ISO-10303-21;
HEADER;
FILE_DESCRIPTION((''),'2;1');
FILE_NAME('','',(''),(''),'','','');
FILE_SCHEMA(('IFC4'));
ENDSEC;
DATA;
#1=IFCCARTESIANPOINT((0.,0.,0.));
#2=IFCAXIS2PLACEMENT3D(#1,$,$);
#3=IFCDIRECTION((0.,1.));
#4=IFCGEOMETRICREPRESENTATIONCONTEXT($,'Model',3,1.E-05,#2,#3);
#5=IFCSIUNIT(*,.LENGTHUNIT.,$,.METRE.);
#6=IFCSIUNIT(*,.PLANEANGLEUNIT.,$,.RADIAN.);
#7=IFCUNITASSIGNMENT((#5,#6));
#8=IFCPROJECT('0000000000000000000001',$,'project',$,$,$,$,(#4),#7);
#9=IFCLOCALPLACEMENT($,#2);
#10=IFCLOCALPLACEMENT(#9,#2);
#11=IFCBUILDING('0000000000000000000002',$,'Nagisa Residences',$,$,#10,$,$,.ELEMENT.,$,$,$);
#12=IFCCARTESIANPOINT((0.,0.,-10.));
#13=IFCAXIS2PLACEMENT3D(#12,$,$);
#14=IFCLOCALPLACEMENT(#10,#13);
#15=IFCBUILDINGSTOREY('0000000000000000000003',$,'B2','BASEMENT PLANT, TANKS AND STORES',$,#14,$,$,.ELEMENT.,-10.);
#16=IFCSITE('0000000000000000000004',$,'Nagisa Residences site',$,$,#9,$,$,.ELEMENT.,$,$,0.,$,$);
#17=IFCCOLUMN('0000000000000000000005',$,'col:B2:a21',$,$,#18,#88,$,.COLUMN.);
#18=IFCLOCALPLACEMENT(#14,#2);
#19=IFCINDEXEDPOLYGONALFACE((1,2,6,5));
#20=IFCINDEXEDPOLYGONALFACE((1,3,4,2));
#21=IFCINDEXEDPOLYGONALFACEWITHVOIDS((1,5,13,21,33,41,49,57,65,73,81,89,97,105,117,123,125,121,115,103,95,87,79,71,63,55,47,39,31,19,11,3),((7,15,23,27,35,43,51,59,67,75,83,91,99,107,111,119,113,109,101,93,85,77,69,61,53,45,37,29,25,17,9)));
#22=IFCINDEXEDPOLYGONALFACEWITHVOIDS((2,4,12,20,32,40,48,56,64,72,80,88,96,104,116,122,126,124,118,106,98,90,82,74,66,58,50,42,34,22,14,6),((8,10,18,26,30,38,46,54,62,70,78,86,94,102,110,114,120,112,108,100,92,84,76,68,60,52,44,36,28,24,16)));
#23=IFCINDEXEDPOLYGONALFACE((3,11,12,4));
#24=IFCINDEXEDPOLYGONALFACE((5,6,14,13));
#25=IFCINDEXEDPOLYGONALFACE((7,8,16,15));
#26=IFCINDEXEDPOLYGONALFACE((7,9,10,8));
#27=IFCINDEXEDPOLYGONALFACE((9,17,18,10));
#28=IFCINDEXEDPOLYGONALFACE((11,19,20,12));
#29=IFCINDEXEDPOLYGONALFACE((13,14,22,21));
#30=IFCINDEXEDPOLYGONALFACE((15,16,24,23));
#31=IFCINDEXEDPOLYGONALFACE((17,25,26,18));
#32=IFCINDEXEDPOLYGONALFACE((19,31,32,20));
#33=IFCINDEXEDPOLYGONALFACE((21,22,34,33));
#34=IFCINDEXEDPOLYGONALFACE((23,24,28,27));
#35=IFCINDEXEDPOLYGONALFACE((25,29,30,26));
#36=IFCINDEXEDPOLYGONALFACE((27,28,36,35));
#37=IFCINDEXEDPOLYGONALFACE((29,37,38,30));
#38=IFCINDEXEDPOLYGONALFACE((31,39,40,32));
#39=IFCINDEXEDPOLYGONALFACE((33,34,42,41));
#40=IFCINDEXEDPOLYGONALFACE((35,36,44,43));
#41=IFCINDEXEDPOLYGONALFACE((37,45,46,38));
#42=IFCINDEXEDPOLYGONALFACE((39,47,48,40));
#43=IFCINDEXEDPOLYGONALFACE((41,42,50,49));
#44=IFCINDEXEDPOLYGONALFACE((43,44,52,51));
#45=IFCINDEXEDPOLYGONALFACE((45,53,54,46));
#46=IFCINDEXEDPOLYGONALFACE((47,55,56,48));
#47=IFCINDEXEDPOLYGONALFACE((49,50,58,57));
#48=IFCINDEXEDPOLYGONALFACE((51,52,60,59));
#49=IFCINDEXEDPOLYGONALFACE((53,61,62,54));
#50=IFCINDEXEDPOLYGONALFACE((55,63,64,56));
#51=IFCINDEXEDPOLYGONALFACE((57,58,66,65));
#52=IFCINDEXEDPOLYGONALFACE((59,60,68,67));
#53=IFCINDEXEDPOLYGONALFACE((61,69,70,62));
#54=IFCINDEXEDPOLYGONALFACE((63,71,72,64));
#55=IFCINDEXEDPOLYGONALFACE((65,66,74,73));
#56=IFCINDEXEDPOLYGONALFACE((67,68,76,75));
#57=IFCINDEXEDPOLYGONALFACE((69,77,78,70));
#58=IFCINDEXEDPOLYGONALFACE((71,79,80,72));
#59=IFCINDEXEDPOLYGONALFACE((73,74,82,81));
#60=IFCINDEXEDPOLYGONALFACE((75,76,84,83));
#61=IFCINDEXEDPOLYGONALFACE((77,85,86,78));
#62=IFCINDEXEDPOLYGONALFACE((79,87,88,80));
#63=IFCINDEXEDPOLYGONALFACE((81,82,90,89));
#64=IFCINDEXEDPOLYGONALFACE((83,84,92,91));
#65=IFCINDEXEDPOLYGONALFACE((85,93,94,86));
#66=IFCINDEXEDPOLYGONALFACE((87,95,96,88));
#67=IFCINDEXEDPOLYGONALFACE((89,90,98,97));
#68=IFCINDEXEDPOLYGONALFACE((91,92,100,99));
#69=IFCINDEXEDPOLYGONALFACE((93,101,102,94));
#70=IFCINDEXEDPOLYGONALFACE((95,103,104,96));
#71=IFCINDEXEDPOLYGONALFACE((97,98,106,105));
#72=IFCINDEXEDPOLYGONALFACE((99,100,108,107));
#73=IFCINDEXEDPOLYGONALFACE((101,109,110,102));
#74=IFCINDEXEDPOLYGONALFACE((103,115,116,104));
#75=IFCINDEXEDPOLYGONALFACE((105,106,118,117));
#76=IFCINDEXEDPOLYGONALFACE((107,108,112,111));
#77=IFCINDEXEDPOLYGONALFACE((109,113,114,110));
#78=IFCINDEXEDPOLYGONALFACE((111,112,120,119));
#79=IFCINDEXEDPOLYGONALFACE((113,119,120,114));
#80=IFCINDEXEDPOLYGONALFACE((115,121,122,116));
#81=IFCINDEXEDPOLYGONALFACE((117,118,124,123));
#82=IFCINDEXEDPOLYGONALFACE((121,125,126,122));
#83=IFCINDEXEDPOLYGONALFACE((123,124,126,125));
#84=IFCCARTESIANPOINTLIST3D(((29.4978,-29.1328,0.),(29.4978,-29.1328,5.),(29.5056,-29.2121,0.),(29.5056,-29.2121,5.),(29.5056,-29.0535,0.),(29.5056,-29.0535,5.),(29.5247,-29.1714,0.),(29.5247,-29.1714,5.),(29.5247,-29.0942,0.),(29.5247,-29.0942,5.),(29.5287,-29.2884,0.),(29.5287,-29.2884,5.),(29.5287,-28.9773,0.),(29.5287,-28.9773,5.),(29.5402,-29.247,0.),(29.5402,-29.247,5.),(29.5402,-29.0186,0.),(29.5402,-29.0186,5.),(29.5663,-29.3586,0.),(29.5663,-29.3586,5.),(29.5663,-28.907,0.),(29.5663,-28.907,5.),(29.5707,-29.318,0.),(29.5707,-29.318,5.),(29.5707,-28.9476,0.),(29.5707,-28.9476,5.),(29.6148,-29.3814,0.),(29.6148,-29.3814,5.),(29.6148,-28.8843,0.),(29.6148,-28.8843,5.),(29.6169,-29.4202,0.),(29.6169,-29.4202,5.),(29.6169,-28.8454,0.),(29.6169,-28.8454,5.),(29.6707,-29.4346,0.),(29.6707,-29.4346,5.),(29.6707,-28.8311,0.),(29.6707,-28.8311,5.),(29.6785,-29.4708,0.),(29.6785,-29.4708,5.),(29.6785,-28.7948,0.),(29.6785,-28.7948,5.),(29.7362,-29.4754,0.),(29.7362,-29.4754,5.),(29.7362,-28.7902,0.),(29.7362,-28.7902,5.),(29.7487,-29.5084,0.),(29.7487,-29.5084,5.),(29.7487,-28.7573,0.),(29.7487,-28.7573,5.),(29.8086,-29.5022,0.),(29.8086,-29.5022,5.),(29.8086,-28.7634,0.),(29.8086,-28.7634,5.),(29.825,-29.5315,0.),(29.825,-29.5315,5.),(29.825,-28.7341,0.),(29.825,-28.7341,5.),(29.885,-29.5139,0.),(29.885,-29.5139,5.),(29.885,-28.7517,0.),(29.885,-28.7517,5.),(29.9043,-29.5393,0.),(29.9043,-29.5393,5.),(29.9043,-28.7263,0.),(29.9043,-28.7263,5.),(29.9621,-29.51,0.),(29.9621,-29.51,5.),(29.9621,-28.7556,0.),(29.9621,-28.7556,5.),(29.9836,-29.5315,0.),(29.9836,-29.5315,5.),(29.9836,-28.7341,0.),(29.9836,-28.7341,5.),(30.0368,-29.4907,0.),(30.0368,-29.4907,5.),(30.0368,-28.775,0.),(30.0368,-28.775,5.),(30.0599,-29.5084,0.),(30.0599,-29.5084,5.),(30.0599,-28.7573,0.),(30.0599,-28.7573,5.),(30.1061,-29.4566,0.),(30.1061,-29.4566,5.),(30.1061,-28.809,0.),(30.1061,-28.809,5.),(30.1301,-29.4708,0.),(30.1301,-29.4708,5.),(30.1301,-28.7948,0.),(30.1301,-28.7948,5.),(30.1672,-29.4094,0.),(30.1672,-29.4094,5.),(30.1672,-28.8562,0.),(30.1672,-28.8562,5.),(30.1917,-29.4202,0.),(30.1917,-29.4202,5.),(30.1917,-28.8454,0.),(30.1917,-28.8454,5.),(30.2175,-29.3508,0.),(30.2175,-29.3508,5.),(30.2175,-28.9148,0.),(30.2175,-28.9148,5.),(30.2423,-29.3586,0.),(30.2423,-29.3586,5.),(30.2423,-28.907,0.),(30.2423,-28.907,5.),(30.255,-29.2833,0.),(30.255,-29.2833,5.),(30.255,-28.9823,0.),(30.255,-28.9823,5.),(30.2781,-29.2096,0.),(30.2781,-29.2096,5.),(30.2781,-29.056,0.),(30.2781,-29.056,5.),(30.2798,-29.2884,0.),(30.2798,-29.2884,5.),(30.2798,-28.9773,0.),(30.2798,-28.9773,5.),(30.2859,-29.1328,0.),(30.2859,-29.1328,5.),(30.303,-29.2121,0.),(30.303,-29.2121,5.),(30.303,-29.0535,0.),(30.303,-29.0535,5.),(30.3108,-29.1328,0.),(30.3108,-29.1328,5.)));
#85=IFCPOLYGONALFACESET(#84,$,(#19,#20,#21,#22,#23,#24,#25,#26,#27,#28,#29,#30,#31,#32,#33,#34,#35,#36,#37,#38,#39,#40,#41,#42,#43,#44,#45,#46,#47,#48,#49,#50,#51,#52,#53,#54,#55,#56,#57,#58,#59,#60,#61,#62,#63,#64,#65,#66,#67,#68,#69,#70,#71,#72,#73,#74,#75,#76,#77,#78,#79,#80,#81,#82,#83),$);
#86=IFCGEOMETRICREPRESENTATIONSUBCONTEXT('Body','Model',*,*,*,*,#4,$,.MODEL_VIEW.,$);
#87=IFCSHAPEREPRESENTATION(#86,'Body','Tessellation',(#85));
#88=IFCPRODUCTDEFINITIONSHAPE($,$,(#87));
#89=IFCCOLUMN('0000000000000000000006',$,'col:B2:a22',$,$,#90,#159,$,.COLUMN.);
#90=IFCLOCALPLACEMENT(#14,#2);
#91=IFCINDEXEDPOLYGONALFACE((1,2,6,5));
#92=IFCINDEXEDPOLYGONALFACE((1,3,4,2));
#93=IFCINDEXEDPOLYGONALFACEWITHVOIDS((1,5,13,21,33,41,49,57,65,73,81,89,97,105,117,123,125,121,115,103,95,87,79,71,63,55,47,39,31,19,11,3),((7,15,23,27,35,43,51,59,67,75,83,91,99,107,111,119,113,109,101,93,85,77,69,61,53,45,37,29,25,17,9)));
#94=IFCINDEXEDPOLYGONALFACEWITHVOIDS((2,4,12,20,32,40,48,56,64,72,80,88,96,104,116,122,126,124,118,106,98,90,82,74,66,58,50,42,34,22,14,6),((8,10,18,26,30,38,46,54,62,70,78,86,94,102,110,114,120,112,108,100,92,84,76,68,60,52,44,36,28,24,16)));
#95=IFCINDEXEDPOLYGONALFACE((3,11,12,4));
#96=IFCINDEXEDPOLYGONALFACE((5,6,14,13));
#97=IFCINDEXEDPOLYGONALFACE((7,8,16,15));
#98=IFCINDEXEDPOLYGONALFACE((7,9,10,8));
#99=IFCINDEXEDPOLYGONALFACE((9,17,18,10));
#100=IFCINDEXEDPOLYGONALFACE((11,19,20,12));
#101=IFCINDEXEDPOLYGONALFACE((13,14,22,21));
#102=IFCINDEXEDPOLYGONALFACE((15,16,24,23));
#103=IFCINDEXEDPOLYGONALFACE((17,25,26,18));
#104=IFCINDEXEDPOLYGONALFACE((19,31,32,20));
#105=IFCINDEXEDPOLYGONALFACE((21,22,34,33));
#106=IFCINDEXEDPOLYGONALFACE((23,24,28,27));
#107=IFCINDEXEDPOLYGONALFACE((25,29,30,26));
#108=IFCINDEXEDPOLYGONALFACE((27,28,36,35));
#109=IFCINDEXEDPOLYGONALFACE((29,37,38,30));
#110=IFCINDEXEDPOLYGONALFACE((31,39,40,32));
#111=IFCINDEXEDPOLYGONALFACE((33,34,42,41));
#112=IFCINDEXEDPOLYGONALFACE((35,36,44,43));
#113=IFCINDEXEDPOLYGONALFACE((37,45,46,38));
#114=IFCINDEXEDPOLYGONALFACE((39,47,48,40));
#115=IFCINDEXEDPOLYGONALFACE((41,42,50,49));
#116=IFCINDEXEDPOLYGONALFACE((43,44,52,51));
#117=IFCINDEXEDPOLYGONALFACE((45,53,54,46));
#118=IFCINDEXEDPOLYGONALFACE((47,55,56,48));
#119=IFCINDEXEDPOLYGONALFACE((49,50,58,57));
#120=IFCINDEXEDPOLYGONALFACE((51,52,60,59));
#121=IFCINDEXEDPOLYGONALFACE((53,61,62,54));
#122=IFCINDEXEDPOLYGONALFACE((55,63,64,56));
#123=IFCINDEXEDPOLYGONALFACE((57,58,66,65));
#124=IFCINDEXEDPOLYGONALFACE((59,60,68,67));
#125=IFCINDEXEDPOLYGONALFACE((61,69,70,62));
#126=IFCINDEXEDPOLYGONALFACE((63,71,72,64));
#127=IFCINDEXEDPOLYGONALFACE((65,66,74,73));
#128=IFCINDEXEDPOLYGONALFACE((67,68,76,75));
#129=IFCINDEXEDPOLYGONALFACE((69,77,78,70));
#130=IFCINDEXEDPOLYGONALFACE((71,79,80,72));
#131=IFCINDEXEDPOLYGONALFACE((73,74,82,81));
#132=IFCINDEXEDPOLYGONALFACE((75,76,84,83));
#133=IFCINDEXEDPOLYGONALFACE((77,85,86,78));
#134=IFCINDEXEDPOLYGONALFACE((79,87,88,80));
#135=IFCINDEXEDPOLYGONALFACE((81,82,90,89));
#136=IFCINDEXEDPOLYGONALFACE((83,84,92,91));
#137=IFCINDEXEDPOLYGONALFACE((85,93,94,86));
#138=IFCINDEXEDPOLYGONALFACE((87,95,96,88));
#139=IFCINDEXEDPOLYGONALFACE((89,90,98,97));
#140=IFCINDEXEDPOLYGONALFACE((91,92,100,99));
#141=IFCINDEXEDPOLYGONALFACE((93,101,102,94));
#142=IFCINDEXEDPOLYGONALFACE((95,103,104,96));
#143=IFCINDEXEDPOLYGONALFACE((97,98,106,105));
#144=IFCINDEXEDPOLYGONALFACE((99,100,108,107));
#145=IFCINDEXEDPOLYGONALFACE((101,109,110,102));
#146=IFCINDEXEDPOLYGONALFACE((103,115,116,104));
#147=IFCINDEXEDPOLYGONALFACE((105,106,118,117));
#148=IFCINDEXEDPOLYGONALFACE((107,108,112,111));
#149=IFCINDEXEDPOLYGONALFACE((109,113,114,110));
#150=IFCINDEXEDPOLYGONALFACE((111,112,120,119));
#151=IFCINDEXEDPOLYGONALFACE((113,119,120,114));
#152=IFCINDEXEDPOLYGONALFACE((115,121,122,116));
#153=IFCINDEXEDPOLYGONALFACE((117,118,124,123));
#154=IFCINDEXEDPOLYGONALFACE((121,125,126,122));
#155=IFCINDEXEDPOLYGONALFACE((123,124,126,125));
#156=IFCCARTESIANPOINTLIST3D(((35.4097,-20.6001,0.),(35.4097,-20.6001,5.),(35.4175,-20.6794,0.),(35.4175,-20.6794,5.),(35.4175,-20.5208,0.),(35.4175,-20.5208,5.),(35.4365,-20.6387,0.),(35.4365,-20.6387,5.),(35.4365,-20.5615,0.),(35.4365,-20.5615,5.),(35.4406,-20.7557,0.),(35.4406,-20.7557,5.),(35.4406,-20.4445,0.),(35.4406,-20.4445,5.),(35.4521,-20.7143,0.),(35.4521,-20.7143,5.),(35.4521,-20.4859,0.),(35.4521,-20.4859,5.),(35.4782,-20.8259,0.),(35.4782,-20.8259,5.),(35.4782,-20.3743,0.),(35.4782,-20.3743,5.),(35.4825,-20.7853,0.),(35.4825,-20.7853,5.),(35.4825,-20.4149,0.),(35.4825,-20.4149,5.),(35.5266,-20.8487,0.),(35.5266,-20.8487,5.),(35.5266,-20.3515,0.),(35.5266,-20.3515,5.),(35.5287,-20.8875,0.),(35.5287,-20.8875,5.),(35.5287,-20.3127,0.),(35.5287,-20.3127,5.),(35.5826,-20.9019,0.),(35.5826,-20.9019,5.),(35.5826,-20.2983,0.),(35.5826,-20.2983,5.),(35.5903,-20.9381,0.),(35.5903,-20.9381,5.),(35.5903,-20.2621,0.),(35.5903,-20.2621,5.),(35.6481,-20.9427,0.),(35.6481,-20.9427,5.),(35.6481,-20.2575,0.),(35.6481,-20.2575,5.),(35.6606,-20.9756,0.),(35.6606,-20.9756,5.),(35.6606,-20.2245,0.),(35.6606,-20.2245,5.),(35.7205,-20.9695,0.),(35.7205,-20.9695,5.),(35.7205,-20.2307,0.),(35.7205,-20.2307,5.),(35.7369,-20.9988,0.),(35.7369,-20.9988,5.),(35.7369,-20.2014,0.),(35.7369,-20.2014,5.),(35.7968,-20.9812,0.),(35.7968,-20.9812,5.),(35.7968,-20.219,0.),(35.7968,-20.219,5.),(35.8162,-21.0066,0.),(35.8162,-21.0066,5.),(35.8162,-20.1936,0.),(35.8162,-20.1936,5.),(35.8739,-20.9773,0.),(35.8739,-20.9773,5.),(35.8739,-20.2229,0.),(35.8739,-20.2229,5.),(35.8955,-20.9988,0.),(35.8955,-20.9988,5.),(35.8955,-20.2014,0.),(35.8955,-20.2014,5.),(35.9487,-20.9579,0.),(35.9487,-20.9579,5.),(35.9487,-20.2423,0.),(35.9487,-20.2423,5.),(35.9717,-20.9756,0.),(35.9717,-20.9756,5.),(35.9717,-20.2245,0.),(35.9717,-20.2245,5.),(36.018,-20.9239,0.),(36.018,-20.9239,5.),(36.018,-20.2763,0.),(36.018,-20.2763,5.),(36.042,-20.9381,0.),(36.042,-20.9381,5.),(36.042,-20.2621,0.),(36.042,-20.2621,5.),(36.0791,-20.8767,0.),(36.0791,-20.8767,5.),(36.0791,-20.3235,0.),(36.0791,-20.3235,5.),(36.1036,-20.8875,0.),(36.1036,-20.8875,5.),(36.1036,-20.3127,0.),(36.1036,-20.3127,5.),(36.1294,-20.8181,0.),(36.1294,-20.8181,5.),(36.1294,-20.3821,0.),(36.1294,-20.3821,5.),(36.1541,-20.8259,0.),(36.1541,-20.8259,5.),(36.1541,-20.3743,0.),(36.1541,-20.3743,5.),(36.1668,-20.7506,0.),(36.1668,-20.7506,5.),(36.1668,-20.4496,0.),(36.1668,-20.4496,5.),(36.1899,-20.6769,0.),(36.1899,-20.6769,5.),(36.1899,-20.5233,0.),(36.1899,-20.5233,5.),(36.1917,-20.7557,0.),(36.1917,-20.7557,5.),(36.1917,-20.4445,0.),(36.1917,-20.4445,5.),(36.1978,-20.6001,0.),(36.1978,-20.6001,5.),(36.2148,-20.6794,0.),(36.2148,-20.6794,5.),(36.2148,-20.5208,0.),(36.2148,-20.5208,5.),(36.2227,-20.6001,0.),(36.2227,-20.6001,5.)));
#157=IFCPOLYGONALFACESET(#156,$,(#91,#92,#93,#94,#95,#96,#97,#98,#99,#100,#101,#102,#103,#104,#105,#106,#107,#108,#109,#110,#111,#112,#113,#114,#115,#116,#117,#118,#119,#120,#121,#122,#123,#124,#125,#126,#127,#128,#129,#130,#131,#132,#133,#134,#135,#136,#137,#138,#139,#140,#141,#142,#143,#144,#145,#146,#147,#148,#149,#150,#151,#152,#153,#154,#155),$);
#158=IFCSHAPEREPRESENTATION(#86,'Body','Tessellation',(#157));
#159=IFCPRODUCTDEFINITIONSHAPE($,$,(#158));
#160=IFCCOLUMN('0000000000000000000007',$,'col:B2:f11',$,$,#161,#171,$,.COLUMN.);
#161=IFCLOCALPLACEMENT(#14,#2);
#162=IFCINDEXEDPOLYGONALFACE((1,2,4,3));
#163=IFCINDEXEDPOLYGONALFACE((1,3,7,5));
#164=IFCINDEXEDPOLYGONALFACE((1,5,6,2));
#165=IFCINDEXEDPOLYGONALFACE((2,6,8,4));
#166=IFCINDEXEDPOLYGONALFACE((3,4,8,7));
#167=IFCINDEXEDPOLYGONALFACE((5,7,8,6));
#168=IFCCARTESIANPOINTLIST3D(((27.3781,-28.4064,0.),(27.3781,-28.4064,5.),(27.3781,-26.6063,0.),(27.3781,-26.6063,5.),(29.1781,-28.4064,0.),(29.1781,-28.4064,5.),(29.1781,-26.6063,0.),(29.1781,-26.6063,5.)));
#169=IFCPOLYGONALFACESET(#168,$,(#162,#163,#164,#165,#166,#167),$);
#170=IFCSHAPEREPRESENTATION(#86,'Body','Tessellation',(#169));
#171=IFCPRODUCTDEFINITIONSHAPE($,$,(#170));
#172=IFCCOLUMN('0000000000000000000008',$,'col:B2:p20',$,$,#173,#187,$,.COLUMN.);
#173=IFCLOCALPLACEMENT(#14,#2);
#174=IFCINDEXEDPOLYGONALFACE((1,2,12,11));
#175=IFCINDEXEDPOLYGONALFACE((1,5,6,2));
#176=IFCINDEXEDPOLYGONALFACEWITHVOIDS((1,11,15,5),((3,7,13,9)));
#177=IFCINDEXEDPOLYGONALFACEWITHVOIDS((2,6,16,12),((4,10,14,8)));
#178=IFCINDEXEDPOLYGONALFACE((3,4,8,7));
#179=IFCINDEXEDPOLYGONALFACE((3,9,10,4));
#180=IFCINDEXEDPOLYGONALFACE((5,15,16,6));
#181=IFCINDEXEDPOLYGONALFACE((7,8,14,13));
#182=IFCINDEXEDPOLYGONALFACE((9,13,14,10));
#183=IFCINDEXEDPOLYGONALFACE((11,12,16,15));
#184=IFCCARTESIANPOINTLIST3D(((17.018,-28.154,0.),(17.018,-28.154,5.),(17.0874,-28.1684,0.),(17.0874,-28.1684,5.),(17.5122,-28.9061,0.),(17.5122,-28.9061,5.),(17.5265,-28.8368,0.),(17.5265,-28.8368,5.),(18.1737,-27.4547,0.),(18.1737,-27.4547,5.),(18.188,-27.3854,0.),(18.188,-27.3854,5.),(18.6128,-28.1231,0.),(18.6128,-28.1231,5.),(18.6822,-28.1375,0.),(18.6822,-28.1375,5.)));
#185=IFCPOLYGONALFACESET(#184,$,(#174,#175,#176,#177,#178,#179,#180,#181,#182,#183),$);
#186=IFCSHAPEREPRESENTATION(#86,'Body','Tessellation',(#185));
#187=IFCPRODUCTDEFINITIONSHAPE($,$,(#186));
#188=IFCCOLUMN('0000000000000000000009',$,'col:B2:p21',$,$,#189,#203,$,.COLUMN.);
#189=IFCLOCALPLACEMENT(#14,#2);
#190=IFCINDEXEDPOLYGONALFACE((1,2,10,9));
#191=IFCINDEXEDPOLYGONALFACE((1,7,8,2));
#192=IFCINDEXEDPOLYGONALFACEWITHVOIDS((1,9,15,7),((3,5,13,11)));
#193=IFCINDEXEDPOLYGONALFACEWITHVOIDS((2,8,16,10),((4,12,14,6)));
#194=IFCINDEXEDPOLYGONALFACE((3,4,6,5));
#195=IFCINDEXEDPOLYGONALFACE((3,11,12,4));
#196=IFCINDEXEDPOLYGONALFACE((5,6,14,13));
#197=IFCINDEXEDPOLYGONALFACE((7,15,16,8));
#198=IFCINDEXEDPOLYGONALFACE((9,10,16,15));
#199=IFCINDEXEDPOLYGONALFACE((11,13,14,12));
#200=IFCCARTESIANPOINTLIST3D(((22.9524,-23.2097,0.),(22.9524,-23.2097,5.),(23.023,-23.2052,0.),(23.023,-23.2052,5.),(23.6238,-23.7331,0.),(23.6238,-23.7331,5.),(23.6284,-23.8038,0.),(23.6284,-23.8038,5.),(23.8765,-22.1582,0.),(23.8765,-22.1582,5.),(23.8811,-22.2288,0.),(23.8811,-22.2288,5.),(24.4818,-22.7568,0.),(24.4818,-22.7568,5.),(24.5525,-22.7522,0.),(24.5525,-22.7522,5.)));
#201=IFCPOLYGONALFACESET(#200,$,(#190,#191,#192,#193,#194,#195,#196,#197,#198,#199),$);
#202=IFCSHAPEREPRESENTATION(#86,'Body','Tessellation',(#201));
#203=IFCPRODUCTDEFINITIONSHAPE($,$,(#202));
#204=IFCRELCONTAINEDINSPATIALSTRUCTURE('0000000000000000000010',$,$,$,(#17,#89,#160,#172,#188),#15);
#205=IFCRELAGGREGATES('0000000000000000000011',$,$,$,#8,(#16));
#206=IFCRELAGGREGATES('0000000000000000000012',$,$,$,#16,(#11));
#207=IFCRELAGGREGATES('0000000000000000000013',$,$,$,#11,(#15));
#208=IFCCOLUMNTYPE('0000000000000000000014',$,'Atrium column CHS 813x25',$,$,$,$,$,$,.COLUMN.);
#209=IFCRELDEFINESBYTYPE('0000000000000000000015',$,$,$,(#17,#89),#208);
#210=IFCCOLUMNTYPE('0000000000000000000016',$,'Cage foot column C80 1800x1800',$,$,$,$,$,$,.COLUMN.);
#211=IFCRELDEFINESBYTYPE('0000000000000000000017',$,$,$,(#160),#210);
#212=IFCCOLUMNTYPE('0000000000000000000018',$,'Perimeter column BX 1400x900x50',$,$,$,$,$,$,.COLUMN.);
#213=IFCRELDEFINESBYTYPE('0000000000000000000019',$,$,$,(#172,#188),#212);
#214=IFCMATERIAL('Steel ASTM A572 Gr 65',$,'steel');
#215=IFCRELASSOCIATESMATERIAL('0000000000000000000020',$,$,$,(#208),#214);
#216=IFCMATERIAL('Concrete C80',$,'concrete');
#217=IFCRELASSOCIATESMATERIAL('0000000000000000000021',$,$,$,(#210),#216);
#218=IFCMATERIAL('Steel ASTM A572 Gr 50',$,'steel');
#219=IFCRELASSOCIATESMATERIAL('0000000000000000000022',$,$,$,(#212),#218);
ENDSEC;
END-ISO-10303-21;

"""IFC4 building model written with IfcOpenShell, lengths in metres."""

from ifc_helpers import new_model, si_unit, direction, frame, origin, origin_2d, place, context, subcontext, project, spatial, rectangle, hollow_rectangle, hollow_circle, extrude, material, material_profile, profile_set, type_object, element, save


model = new_model("IFC4")

# Units and contexts
model_context = context("Model", 3, precision=1e-05, world=origin(), true_north=direction((0.0, 1.0)))
body_context = subcontext(model_context, "Body", "Model", "MODEL_VIEW")
ifc_project = project(units=[si_unit("LENGTHUNIT", "METRE"), si_unit("PLANEANGLEUNIT", "RADIAN")], contexts=[model_context])

# Site, building, storey
site_placement = place(None, origin())
site = spatial("IfcSite", under=ifc_project, at=site_placement, Name="Nagisa Residences site", CompositionType="ELEMENT", RefElevation=0.0)
building_placement = place(site_placement, origin())
building = spatial("IfcBuilding", under=site, at=building_placement, Name="Nagisa Residences", CompositionType="ELEMENT")
storey_placement = place(building_placement, frame((0.0, 0.0, -10.0)))
storey = spatial("IfcBuildingStorey", under=building, at=storey_placement, Name="B2", Description="BASEMENT PLANT, TANKS AND STORES", CompositionType="ELEMENT", Elevation=-10.0)

# Columns
ifc_material_1 = material(Name="Steel ASTM A572 Gr 65", Category="steel")
ifc_material_profile_1 = material_profile(ifc_material_1, hollow_circle(Radius=0.4065, WallThickness=0.0249, at=origin_2d()), Name="CHS 813x25")
ifc_profile_set_1 = profile_set([ifc_material_profile_1], Name="Steel ASTM A572 Gr 65")
column_type_1 = type_object("IfcColumnType", Name="Atrium column CHS 813x25", PredefinedType="COLUMN", material=ifc_profile_set_1)
for number, where, z_axis, x_axis, name in (
    (1, (29.9043, -29.1328, 0.0), (0.0, 0.0, 1.0), (1.0, 0.0, 0.0), "col:B2:a21"),
    (2, (35.8162, -20.6001, 0.0), (0.0, 0.0, 1.0), (1.0, 0.0, 0.0), "col:B2:a22"),
):
    element("IfcColumn", number, at=place(storey_placement, frame(where, z_axis=z_axis, x_axis=x_axis)), inside=storey, type_object=column_type_1, Name=name, PredefinedType="COLUMN", context=body_context, shape_type="SweptSolid", body=[
        extrude(hollow_circle(Radius=0.4065, WallThickness=0.0249, at=origin_2d()), origin(), (0.0, 0.0, 1.0), 5.0),
    ])
ifc_material_2 = material(Name="Concrete C80", Category="concrete")
ifc_material_profile_2 = material_profile(ifc_material_2, rectangle(XDim=1.8, YDim=1.8, at=origin_2d()), Name="C80 1800x1800")
ifc_profile_set_2 = profile_set([ifc_material_profile_2], Name="Concrete C80")
column_type_2 = type_object("IfcColumnType", Name="Cage foot column C80 1800x1800", PredefinedType="COLUMN", material=ifc_profile_set_2)
column_placement = place(storey_placement, frame((28.2781, -27.5063, 0.0), z_axis=(0.0, 0.0, 1.0), x_axis=(1.0, 0.0, 0.0)))
element("IfcColumn", 3, at=column_placement, inside=storey, type_object=column_type_2, Name="col:B2:f11", PredefinedType="COLUMN", context=body_context, shape_type="SweptSolid", body=[
    extrude(rectangle(XDim=1.8, YDim=1.8, at=origin_2d()), origin(), (0.0, 0.0, 1.0), 5.0),
])
ifc_material_3 = material(Name="Steel ASTM A572 Gr 50", Category="steel")
ifc_material_profile_3 = material_profile(ifc_material_3, hollow_rectangle(XDim=1.3999, YDim=0.8999, WallThickness=0.05, at=origin_2d()), Name="BX 1400x900x50")
ifc_profile_set_3 = profile_set([ifc_material_profile_3], Name="Steel ASTM A572 Gr 50")
column_type_3 = type_object("IfcColumnType", Name="Perimeter column BX 1400x900x50", PredefinedType="COLUMN", material=ifc_profile_set_3)
for number, where, z_axis, x_axis, name in (
    (4, (17.8501, -28.1458, 0.0), (0.0, 0.0, 1.0), (0.835766, 0.549086, 0.0), "col:B2:p20"),
    (5, (23.7524, -22.981, 0.0), (0.0, 0.0, 1.0), (0.660115, 0.751165, 0.0), "col:B2:p21"),
):
    element("IfcColumn", number, at=place(storey_placement, frame(where, z_axis=z_axis, x_axis=x_axis)), inside=storey, type_object=column_type_3, Name=name, PredefinedType="COLUMN", context=body_context, shape_type="SweptSolid", body=[
        extrude(hollow_rectangle(XDim=1.3999, YDim=0.8999, WallThickness=0.05, at=origin_2d()), origin(), (0.0, 0.0, 1.0), 5.0),
    ])

save(model, "model.ifc")
